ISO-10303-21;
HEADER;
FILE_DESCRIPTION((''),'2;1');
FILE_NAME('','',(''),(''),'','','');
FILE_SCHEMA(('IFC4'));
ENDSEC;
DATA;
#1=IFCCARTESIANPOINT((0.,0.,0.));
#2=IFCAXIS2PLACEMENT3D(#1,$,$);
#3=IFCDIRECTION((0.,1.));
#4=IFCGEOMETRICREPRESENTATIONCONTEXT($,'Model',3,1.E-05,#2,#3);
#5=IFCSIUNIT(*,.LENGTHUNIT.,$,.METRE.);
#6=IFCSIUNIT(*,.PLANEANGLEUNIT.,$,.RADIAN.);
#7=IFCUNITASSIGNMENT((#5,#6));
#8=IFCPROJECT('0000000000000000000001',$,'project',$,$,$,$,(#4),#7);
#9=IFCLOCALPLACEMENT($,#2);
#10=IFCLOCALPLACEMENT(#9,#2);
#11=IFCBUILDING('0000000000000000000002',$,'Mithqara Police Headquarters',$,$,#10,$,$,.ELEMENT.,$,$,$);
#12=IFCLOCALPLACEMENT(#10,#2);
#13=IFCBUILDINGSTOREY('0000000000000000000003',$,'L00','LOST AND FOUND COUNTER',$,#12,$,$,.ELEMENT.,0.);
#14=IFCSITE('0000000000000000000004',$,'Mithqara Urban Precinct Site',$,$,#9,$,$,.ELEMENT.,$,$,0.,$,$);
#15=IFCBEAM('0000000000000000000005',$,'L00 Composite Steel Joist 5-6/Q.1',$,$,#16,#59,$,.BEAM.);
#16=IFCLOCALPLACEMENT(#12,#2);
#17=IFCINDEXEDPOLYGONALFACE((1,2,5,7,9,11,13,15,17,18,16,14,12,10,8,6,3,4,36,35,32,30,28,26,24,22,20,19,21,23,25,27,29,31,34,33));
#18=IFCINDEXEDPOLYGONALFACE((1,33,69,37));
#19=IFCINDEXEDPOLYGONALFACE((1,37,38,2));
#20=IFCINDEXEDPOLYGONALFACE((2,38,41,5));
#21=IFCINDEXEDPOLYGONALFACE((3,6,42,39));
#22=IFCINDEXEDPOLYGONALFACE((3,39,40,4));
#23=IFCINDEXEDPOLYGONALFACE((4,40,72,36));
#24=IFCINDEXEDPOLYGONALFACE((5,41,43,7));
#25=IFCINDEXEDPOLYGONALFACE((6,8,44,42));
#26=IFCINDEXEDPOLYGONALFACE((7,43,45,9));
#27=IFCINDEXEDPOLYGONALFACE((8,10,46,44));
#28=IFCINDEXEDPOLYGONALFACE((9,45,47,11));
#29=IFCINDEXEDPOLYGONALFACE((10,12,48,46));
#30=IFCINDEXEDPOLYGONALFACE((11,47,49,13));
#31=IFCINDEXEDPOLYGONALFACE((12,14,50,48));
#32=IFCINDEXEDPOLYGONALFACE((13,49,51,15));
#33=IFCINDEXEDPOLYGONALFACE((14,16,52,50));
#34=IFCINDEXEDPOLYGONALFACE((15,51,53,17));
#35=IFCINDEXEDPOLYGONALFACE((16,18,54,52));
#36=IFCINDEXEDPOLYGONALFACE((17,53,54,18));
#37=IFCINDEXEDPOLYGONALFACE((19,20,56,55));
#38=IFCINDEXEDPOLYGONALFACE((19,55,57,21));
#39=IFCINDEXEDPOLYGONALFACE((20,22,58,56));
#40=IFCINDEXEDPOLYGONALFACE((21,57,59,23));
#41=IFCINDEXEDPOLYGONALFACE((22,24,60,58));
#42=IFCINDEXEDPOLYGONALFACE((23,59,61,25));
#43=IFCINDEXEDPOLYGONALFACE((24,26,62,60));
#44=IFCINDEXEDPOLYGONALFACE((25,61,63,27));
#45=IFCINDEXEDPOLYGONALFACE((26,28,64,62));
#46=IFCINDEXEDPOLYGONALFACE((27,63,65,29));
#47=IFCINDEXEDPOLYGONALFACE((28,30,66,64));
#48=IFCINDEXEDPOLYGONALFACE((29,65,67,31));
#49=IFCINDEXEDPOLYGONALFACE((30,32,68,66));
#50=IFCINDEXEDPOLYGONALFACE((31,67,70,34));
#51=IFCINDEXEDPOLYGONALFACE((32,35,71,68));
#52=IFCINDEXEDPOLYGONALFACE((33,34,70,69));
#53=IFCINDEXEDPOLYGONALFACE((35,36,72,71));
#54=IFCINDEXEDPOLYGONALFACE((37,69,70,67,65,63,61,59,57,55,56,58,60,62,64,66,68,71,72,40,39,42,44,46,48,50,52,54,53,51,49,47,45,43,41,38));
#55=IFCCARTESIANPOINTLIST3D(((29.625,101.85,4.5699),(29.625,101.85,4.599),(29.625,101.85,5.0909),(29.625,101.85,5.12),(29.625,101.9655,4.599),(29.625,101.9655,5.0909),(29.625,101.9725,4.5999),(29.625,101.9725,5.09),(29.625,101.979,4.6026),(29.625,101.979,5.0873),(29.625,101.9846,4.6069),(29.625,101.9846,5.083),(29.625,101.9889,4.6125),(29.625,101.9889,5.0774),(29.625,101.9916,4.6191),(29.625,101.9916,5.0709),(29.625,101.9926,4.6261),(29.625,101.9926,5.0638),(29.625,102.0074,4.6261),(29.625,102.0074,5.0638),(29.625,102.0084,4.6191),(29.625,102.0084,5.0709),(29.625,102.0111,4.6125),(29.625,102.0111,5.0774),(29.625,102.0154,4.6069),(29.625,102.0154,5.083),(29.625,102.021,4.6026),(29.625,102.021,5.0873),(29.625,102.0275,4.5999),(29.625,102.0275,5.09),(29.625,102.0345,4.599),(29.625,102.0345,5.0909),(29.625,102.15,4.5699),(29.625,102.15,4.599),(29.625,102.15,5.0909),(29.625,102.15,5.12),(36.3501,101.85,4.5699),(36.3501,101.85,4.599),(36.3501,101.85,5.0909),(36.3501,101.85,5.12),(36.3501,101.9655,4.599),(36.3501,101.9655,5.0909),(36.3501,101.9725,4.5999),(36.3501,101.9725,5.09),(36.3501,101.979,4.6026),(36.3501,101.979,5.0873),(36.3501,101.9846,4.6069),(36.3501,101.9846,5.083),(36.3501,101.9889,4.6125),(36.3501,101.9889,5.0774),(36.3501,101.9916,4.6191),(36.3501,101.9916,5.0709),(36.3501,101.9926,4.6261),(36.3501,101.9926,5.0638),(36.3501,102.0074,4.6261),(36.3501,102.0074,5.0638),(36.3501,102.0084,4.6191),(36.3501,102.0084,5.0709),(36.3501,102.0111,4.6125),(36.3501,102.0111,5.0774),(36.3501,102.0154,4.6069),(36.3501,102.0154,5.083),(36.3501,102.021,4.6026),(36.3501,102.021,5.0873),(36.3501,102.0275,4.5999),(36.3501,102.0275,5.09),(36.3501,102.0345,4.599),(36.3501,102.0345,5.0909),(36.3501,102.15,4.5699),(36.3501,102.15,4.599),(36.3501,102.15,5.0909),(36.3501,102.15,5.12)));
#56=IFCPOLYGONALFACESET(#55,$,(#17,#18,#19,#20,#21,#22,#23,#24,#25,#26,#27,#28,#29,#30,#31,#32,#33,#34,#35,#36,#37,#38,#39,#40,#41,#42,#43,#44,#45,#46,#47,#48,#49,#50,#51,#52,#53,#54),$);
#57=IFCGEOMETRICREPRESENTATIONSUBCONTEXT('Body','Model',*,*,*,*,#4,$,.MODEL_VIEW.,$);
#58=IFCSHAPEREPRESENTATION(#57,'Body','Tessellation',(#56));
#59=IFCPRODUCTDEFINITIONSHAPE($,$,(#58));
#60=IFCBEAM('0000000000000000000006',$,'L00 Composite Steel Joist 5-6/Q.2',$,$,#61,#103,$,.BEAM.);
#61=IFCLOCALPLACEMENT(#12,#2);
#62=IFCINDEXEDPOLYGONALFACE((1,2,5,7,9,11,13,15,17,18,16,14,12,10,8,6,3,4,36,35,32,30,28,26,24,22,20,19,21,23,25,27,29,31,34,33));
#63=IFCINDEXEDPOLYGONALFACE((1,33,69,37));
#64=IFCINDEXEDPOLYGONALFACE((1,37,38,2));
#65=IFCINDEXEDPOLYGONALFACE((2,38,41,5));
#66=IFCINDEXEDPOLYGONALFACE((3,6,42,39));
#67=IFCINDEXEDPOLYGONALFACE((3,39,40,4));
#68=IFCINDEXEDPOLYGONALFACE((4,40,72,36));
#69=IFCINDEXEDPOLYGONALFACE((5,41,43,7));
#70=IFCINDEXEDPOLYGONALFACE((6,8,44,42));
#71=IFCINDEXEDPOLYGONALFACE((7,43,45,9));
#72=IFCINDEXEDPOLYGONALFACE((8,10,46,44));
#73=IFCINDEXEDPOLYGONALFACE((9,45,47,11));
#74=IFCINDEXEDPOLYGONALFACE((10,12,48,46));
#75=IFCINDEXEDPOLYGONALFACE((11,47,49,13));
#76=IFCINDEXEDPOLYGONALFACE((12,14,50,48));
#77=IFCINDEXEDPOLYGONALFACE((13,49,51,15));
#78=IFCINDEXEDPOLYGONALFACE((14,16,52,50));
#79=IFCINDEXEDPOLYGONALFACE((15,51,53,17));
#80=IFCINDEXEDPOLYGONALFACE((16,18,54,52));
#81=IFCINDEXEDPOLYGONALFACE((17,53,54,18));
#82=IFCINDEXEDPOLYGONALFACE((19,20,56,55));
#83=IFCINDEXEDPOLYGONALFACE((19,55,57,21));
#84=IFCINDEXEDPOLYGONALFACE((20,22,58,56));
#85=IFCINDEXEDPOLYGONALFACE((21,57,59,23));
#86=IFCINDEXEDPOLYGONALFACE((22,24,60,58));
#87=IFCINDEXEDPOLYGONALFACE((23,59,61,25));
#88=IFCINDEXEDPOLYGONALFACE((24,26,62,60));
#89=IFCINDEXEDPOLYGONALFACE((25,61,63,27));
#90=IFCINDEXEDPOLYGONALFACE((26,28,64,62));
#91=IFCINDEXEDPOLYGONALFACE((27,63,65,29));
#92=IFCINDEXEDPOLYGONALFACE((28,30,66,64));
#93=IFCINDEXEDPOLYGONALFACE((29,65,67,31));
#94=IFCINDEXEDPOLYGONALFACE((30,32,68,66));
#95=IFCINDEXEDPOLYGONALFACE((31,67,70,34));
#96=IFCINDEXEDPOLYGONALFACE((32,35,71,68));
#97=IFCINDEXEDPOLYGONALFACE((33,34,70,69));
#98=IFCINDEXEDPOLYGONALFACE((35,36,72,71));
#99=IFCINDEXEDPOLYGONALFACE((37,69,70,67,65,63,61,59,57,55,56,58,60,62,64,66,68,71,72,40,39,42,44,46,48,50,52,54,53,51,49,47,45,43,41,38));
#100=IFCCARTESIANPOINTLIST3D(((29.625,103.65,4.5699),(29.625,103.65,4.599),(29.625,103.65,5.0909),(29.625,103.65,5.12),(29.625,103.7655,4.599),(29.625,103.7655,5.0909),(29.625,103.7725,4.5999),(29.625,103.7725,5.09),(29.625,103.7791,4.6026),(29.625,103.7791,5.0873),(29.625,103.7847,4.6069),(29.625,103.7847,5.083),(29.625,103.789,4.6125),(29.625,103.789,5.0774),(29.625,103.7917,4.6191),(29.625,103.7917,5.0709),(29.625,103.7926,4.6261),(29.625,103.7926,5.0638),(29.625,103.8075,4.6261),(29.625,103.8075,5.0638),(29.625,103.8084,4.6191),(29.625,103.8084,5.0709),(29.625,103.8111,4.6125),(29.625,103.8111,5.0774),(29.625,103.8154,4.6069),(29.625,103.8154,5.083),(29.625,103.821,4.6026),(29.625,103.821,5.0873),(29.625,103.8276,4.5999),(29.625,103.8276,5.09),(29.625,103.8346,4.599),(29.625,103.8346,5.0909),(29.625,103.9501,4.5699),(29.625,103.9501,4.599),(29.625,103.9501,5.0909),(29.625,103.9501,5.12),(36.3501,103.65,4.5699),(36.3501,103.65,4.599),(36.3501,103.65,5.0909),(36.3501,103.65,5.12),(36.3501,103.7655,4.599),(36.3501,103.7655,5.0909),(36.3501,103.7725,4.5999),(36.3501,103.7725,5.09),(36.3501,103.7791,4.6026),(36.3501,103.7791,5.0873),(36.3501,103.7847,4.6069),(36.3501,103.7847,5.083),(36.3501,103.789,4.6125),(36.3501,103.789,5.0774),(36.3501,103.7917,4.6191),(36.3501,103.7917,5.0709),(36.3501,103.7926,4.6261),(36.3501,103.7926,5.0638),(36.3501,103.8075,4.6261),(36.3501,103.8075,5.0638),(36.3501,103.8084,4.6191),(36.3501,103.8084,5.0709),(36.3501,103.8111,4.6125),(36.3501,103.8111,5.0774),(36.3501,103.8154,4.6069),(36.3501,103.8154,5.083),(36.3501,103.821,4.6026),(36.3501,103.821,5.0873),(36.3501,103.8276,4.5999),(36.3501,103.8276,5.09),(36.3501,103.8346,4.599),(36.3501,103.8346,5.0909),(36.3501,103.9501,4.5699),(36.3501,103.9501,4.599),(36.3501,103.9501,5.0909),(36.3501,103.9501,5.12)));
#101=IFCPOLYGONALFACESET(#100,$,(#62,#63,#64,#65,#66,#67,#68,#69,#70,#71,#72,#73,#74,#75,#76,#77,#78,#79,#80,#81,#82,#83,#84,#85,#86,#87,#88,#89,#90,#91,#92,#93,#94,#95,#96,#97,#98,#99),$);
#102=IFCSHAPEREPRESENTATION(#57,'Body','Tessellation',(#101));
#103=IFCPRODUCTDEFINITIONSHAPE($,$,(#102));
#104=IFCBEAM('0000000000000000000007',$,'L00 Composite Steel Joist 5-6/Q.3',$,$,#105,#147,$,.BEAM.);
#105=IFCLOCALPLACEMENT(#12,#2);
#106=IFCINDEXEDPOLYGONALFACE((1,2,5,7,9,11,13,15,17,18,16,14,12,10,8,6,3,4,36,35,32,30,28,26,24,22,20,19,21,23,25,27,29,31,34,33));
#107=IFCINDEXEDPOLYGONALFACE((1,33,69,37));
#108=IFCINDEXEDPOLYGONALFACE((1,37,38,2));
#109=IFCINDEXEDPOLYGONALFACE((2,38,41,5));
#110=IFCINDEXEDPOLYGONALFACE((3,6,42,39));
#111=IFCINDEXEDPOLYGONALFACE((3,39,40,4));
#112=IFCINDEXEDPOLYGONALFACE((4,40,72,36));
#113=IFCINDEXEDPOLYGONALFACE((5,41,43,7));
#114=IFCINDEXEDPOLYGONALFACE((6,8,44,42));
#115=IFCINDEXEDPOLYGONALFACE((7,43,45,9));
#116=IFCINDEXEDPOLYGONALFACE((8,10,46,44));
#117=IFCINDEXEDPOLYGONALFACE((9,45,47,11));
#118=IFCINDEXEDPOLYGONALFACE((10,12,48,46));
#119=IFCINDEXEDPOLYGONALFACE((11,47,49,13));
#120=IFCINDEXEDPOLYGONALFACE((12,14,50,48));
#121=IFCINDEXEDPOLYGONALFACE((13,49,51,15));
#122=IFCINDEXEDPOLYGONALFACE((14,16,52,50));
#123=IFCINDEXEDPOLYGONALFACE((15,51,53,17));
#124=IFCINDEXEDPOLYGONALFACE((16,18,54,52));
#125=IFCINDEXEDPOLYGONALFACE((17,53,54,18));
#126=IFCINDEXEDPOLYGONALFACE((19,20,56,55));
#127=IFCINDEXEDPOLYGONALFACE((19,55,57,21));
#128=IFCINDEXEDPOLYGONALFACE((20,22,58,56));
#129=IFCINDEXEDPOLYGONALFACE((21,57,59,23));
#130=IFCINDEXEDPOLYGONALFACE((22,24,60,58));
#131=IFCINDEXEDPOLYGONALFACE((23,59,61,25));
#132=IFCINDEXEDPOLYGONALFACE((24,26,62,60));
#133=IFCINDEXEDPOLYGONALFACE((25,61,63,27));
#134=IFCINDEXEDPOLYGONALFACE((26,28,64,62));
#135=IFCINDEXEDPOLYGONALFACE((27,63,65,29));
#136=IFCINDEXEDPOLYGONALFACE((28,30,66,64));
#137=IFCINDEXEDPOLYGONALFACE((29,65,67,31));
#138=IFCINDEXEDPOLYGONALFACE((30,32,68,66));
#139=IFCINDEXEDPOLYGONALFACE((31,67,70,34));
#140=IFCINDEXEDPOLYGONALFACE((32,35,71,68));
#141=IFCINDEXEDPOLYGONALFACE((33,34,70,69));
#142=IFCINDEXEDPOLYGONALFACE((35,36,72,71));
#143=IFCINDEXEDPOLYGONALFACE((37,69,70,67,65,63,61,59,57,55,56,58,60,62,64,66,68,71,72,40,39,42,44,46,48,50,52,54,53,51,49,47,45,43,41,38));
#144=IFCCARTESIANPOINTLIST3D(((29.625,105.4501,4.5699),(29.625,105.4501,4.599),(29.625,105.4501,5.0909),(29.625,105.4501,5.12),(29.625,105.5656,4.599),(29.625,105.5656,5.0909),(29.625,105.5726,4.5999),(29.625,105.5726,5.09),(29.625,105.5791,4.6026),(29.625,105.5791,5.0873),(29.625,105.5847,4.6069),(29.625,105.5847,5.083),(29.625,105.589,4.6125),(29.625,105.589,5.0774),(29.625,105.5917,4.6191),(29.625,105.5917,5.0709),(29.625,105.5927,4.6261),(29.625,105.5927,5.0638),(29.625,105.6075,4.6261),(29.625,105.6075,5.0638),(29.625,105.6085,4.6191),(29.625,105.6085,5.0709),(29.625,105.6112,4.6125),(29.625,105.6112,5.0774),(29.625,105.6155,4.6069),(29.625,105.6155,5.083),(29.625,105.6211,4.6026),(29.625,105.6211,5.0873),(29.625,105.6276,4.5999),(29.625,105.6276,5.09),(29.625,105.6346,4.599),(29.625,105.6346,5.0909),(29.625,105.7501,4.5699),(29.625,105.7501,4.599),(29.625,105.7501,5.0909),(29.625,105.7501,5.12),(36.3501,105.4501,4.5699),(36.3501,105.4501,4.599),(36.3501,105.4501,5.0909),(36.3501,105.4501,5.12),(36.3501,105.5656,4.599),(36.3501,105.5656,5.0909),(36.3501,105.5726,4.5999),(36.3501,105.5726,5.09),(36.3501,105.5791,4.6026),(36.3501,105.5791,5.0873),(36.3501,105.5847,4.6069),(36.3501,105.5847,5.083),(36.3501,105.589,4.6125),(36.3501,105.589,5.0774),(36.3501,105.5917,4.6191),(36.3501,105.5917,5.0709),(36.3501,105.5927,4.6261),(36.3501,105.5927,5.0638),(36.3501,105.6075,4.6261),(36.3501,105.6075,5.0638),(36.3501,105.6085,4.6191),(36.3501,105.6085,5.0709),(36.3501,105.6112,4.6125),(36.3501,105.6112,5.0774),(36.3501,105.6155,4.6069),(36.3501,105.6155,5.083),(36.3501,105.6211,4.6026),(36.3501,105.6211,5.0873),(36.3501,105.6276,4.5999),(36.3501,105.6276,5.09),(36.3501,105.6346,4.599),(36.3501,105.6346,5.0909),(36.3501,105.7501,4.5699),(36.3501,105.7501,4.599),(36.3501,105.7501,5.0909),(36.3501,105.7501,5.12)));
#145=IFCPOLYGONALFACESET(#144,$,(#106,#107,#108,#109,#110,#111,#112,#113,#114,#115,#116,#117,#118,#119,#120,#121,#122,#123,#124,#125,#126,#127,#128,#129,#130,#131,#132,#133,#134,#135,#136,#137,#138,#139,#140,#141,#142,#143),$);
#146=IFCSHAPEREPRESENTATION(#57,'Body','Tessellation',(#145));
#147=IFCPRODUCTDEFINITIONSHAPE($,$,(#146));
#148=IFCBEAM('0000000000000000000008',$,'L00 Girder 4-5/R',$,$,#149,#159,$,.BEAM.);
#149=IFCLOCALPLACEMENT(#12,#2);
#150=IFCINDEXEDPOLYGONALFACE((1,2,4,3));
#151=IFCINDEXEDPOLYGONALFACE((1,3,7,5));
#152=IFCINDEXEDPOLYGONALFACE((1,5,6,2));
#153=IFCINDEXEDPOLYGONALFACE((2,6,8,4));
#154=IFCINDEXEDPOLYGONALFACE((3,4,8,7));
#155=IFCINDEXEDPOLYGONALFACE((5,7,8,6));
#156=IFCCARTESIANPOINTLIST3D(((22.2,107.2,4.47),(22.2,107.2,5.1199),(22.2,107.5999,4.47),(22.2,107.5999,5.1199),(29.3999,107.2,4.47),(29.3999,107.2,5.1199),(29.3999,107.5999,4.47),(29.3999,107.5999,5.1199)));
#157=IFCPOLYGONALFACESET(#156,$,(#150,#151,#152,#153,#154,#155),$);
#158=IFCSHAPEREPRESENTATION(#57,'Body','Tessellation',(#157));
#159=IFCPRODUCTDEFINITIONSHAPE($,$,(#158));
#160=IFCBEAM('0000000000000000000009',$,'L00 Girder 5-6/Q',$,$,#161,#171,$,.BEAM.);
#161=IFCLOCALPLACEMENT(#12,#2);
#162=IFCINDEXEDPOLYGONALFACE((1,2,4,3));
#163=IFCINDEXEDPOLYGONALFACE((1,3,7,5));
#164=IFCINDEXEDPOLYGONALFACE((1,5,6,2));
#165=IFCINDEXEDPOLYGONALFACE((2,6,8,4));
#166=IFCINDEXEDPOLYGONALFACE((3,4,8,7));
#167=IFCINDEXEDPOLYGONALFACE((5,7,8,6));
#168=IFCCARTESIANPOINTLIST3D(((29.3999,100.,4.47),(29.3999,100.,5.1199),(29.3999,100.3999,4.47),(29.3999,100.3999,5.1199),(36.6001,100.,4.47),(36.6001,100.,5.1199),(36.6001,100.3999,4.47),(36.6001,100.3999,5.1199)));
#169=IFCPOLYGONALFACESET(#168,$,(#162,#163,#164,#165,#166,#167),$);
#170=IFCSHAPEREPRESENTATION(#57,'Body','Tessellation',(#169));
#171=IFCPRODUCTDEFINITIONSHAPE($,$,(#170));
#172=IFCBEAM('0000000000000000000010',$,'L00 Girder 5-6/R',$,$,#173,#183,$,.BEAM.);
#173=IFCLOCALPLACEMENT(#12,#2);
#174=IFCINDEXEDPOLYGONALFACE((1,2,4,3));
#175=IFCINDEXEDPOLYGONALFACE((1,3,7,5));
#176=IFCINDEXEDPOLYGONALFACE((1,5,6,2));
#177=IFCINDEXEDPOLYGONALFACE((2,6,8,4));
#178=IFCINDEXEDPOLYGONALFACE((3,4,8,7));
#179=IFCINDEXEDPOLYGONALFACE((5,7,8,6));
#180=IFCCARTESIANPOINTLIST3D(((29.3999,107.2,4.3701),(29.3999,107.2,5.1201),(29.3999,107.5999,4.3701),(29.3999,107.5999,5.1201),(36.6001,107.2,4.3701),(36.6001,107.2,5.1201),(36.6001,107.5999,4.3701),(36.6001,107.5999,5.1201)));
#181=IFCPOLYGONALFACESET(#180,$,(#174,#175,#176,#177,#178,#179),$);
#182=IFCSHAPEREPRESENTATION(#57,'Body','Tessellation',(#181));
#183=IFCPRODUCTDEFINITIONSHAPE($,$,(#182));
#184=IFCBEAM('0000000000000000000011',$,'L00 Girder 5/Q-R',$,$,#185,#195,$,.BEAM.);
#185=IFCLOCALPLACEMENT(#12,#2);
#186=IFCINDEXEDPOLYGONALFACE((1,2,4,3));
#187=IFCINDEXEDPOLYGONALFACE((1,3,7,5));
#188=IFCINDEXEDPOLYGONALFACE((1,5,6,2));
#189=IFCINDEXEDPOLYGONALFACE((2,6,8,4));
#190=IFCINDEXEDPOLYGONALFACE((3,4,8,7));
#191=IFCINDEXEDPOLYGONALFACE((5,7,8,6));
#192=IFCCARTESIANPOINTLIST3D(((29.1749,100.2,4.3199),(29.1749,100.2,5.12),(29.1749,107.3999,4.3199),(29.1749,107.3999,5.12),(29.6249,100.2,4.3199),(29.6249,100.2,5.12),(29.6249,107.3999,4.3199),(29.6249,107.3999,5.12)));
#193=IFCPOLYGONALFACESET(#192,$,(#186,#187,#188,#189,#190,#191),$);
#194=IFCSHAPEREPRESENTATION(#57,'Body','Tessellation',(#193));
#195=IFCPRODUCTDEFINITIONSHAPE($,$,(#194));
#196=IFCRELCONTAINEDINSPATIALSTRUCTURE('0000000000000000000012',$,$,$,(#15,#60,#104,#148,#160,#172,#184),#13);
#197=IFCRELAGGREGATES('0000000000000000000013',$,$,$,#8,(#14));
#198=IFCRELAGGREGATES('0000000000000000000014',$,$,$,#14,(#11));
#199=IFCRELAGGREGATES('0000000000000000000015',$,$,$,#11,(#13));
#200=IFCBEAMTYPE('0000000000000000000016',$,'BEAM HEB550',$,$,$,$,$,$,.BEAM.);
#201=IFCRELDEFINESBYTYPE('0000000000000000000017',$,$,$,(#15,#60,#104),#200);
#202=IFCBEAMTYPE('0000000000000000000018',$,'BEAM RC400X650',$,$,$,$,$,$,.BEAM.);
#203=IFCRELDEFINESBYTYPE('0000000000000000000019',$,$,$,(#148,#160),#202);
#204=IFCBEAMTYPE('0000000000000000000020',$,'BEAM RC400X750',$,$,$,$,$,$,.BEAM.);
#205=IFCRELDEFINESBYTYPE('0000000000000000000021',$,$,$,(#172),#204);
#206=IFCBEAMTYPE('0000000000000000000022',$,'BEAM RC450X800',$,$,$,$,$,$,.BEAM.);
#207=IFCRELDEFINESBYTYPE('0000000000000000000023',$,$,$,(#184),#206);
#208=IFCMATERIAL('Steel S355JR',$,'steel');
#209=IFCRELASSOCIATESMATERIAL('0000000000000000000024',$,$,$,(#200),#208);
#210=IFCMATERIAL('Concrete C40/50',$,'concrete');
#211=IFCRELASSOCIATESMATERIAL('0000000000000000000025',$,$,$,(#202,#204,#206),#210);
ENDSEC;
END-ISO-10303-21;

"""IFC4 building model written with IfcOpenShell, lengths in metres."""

from ifc_helpers import new_model, si_unit, direction, frame, origin, origin_2d, place, context, subcontext, project, spatial, rectangle, i_section, extrude, material, material_profile, profile_set, type_object, element, save


model = new_model("IFC4")

# Units and contexts
model_context = context("Model", 3, precision=1e-05, world=origin(), true_north=direction((0.0, 1.0)))
body_context = subcontext(model_context, "Body", "Model", "MODEL_VIEW")
ifc_project = project(units=[si_unit("LENGTHUNIT", "METRE"), si_unit("PLANEANGLEUNIT", "RADIAN")], contexts=[model_context])

# Site, building, storey
site_placement = place(None, origin())
site = spatial("IfcSite", under=ifc_project, at=site_placement, Name="Mithqara Urban Precinct Site", CompositionType="ELEMENT", RefElevation=0.0)
building_placement = place(site_placement, origin())
building = spatial("IfcBuilding", under=site, at=building_placement, Name="Mithqara Police Headquarters", CompositionType="ELEMENT")
storey_placement = place(building_placement, origin())
storey = spatial("IfcBuildingStorey", under=building, at=storey_placement, Name="L00", Description="LOST AND FOUND COUNTER", CompositionType="ELEMENT", Elevation=0.0)

# Shared definitions
ifc_material_1 = material(Name="Concrete C40/50", Category="concrete")

# Beams
ifc_material_2 = material(Name="Steel S355JR", Category="steel")
ifc_material_profile_1 = material_profile(ifc_material_2, i_section(OverallWidth=0.3, OverallDepth=0.55, WebThickness=0.0149, FlangeThickness=0.0291, FilletRadius=0.0271, at=origin_2d()), Name="HEB 550")
ifc_profile_set_1 = profile_set([ifc_material_profile_1], Name="Steel S355JR")
beam_type_1 = type_object("IfcBeamType", Name="BEAM HEB550", PredefinedType="BEAM", material=ifc_profile_set_1)
for number, where, z_axis, x_axis, name in (
    (1, (29.625, 102.0, 4.845), (1.0, 0.0, 0.0), (0.0, 1.0, 0.0), "L00 Composite Steel Joist 5-6/Q.1"),
    (2, (29.625, 103.8, 4.845), (1.0, 0.0, 0.0), (0.0, 1.0, 0.0), "L00 Composite Steel Joist 5-6/Q.2"),
    (3, (29.625, 105.6001, 4.845), (1.0, 0.0, 0.0), (0.0, 1.0, 0.0), "L00 Composite Steel Joist 5-6/Q.3"),
):
    element("IfcBeam", number, at=place(storey_placement, frame(where, z_axis=z_axis, x_axis=x_axis)), inside=storey, type_object=beam_type_1, Name=name, PredefinedType="BEAM", context=body_context, shape_type="SweptSolid", body=[
        extrude(i_section(OverallWidth=0.3, OverallDepth=0.55, WebThickness=0.0149, FlangeThickness=0.0291, FilletRadius=0.0271, at=origin_2d()), origin(), (0.0, 0.0, 1.0), 6.7251),
    ])
ifc_material_profile_2 = material_profile(ifc_material_1, rectangle(XDim=0.3999, YDim=0.6499, at=origin_2d()), Name="RC 400x650")
ifc_profile_set_2 = profile_set([ifc_material_profile_2], Name="Concrete C40/50")
beam_type_2 = type_object("IfcBeamType", Name="BEAM RC400X650", PredefinedType="BEAM", material=ifc_profile_set_2)
beam_1_placement = place(storey_placement, frame((22.2, 107.3999, 4.7949), z_axis=(1.0, 0.0, 0.0), x_axis=(0.0, 1.0, 0.0)))
element("IfcBeam", 4, at=beam_1_placement, inside=storey, type_object=beam_type_2, Name="L00 Girder 4-5/R", PredefinedType="BEAM", context=body_context, shape_type="SweptSolid", body=[
    extrude(rectangle(XDim=0.3999, YDim=0.6499, at=origin_2d()), origin(), (0.0, 0.0, 1.0), 7.2),
])
beam_2_placement = place(storey_placement, frame((29.3999, 100.2, 4.7949), z_axis=(1.0, 0.0, 0.0), x_axis=(0.0, 1.0, 0.0)))
element("IfcBeam", 5, at=beam_2_placement, inside=storey, type_object=beam_type_2, Name="L00 Girder 5-6/Q", PredefinedType="BEAM", context=body_context, shape_type="SweptSolid", body=[
    extrude(rectangle(XDim=0.3999, YDim=0.6499, at=origin_2d()), origin(), (0.0, 0.0, 1.0), 7.2002),
])
ifc_material_profile_3 = material_profile(ifc_material_1, rectangle(XDim=0.3999, YDim=0.75, at=origin_2d()), Name="RC 400x750")
ifc_profile_set_3 = profile_set([ifc_material_profile_3], Name="Concrete C40/50")
beam_type_3 = type_object("IfcBeamType", Name="BEAM RC400X750", PredefinedType="BEAM", material=ifc_profile_set_3)
beam_3_placement = place(storey_placement, frame((29.3999, 107.3999, 4.7451), z_axis=(1.0, 0.0, 0.0), x_axis=(0.0, 1.0, 0.0)))
element("IfcBeam", 6, at=beam_3_placement, inside=storey, type_object=beam_type_3, Name="L00 Girder 5-6/R", PredefinedType="BEAM", context=body_context, shape_type="SweptSolid", body=[
    extrude(rectangle(XDim=0.3999, YDim=0.75, at=origin_2d()), origin(), (0.0, 0.0, 1.0), 7.2002),
])
ifc_material_profile_4 = material_profile(ifc_material_1, rectangle(XDim=0.45, YDim=0.8, at=origin_2d()), Name="RC 450x800")
ifc_profile_set_4 = profile_set([ifc_material_profile_4], Name="Concrete C40/50")
beam_type_4 = type_object("IfcBeamType", Name="BEAM RC450X800", PredefinedType="BEAM", material=ifc_profile_set_4)
beam_4_placement = place(storey_placement, frame((29.3999, 100.2, 4.72), z_axis=(0.0, 1.0, 0.0), x_axis=(-1.0, 0.0, 0.0)))
element("IfcBeam", 7, at=beam_4_placement, inside=storey, type_object=beam_type_4, Name="L00 Girder 5/Q-R", PredefinedType="BEAM", context=body_context, shape_type="SweptSolid", body=[
    extrude(rectangle(XDim=0.45, YDim=0.8, at=origin_2d()), origin(), (0.0, 0.0, 1.0), 7.2),
])

save(model, "model.ifc")
